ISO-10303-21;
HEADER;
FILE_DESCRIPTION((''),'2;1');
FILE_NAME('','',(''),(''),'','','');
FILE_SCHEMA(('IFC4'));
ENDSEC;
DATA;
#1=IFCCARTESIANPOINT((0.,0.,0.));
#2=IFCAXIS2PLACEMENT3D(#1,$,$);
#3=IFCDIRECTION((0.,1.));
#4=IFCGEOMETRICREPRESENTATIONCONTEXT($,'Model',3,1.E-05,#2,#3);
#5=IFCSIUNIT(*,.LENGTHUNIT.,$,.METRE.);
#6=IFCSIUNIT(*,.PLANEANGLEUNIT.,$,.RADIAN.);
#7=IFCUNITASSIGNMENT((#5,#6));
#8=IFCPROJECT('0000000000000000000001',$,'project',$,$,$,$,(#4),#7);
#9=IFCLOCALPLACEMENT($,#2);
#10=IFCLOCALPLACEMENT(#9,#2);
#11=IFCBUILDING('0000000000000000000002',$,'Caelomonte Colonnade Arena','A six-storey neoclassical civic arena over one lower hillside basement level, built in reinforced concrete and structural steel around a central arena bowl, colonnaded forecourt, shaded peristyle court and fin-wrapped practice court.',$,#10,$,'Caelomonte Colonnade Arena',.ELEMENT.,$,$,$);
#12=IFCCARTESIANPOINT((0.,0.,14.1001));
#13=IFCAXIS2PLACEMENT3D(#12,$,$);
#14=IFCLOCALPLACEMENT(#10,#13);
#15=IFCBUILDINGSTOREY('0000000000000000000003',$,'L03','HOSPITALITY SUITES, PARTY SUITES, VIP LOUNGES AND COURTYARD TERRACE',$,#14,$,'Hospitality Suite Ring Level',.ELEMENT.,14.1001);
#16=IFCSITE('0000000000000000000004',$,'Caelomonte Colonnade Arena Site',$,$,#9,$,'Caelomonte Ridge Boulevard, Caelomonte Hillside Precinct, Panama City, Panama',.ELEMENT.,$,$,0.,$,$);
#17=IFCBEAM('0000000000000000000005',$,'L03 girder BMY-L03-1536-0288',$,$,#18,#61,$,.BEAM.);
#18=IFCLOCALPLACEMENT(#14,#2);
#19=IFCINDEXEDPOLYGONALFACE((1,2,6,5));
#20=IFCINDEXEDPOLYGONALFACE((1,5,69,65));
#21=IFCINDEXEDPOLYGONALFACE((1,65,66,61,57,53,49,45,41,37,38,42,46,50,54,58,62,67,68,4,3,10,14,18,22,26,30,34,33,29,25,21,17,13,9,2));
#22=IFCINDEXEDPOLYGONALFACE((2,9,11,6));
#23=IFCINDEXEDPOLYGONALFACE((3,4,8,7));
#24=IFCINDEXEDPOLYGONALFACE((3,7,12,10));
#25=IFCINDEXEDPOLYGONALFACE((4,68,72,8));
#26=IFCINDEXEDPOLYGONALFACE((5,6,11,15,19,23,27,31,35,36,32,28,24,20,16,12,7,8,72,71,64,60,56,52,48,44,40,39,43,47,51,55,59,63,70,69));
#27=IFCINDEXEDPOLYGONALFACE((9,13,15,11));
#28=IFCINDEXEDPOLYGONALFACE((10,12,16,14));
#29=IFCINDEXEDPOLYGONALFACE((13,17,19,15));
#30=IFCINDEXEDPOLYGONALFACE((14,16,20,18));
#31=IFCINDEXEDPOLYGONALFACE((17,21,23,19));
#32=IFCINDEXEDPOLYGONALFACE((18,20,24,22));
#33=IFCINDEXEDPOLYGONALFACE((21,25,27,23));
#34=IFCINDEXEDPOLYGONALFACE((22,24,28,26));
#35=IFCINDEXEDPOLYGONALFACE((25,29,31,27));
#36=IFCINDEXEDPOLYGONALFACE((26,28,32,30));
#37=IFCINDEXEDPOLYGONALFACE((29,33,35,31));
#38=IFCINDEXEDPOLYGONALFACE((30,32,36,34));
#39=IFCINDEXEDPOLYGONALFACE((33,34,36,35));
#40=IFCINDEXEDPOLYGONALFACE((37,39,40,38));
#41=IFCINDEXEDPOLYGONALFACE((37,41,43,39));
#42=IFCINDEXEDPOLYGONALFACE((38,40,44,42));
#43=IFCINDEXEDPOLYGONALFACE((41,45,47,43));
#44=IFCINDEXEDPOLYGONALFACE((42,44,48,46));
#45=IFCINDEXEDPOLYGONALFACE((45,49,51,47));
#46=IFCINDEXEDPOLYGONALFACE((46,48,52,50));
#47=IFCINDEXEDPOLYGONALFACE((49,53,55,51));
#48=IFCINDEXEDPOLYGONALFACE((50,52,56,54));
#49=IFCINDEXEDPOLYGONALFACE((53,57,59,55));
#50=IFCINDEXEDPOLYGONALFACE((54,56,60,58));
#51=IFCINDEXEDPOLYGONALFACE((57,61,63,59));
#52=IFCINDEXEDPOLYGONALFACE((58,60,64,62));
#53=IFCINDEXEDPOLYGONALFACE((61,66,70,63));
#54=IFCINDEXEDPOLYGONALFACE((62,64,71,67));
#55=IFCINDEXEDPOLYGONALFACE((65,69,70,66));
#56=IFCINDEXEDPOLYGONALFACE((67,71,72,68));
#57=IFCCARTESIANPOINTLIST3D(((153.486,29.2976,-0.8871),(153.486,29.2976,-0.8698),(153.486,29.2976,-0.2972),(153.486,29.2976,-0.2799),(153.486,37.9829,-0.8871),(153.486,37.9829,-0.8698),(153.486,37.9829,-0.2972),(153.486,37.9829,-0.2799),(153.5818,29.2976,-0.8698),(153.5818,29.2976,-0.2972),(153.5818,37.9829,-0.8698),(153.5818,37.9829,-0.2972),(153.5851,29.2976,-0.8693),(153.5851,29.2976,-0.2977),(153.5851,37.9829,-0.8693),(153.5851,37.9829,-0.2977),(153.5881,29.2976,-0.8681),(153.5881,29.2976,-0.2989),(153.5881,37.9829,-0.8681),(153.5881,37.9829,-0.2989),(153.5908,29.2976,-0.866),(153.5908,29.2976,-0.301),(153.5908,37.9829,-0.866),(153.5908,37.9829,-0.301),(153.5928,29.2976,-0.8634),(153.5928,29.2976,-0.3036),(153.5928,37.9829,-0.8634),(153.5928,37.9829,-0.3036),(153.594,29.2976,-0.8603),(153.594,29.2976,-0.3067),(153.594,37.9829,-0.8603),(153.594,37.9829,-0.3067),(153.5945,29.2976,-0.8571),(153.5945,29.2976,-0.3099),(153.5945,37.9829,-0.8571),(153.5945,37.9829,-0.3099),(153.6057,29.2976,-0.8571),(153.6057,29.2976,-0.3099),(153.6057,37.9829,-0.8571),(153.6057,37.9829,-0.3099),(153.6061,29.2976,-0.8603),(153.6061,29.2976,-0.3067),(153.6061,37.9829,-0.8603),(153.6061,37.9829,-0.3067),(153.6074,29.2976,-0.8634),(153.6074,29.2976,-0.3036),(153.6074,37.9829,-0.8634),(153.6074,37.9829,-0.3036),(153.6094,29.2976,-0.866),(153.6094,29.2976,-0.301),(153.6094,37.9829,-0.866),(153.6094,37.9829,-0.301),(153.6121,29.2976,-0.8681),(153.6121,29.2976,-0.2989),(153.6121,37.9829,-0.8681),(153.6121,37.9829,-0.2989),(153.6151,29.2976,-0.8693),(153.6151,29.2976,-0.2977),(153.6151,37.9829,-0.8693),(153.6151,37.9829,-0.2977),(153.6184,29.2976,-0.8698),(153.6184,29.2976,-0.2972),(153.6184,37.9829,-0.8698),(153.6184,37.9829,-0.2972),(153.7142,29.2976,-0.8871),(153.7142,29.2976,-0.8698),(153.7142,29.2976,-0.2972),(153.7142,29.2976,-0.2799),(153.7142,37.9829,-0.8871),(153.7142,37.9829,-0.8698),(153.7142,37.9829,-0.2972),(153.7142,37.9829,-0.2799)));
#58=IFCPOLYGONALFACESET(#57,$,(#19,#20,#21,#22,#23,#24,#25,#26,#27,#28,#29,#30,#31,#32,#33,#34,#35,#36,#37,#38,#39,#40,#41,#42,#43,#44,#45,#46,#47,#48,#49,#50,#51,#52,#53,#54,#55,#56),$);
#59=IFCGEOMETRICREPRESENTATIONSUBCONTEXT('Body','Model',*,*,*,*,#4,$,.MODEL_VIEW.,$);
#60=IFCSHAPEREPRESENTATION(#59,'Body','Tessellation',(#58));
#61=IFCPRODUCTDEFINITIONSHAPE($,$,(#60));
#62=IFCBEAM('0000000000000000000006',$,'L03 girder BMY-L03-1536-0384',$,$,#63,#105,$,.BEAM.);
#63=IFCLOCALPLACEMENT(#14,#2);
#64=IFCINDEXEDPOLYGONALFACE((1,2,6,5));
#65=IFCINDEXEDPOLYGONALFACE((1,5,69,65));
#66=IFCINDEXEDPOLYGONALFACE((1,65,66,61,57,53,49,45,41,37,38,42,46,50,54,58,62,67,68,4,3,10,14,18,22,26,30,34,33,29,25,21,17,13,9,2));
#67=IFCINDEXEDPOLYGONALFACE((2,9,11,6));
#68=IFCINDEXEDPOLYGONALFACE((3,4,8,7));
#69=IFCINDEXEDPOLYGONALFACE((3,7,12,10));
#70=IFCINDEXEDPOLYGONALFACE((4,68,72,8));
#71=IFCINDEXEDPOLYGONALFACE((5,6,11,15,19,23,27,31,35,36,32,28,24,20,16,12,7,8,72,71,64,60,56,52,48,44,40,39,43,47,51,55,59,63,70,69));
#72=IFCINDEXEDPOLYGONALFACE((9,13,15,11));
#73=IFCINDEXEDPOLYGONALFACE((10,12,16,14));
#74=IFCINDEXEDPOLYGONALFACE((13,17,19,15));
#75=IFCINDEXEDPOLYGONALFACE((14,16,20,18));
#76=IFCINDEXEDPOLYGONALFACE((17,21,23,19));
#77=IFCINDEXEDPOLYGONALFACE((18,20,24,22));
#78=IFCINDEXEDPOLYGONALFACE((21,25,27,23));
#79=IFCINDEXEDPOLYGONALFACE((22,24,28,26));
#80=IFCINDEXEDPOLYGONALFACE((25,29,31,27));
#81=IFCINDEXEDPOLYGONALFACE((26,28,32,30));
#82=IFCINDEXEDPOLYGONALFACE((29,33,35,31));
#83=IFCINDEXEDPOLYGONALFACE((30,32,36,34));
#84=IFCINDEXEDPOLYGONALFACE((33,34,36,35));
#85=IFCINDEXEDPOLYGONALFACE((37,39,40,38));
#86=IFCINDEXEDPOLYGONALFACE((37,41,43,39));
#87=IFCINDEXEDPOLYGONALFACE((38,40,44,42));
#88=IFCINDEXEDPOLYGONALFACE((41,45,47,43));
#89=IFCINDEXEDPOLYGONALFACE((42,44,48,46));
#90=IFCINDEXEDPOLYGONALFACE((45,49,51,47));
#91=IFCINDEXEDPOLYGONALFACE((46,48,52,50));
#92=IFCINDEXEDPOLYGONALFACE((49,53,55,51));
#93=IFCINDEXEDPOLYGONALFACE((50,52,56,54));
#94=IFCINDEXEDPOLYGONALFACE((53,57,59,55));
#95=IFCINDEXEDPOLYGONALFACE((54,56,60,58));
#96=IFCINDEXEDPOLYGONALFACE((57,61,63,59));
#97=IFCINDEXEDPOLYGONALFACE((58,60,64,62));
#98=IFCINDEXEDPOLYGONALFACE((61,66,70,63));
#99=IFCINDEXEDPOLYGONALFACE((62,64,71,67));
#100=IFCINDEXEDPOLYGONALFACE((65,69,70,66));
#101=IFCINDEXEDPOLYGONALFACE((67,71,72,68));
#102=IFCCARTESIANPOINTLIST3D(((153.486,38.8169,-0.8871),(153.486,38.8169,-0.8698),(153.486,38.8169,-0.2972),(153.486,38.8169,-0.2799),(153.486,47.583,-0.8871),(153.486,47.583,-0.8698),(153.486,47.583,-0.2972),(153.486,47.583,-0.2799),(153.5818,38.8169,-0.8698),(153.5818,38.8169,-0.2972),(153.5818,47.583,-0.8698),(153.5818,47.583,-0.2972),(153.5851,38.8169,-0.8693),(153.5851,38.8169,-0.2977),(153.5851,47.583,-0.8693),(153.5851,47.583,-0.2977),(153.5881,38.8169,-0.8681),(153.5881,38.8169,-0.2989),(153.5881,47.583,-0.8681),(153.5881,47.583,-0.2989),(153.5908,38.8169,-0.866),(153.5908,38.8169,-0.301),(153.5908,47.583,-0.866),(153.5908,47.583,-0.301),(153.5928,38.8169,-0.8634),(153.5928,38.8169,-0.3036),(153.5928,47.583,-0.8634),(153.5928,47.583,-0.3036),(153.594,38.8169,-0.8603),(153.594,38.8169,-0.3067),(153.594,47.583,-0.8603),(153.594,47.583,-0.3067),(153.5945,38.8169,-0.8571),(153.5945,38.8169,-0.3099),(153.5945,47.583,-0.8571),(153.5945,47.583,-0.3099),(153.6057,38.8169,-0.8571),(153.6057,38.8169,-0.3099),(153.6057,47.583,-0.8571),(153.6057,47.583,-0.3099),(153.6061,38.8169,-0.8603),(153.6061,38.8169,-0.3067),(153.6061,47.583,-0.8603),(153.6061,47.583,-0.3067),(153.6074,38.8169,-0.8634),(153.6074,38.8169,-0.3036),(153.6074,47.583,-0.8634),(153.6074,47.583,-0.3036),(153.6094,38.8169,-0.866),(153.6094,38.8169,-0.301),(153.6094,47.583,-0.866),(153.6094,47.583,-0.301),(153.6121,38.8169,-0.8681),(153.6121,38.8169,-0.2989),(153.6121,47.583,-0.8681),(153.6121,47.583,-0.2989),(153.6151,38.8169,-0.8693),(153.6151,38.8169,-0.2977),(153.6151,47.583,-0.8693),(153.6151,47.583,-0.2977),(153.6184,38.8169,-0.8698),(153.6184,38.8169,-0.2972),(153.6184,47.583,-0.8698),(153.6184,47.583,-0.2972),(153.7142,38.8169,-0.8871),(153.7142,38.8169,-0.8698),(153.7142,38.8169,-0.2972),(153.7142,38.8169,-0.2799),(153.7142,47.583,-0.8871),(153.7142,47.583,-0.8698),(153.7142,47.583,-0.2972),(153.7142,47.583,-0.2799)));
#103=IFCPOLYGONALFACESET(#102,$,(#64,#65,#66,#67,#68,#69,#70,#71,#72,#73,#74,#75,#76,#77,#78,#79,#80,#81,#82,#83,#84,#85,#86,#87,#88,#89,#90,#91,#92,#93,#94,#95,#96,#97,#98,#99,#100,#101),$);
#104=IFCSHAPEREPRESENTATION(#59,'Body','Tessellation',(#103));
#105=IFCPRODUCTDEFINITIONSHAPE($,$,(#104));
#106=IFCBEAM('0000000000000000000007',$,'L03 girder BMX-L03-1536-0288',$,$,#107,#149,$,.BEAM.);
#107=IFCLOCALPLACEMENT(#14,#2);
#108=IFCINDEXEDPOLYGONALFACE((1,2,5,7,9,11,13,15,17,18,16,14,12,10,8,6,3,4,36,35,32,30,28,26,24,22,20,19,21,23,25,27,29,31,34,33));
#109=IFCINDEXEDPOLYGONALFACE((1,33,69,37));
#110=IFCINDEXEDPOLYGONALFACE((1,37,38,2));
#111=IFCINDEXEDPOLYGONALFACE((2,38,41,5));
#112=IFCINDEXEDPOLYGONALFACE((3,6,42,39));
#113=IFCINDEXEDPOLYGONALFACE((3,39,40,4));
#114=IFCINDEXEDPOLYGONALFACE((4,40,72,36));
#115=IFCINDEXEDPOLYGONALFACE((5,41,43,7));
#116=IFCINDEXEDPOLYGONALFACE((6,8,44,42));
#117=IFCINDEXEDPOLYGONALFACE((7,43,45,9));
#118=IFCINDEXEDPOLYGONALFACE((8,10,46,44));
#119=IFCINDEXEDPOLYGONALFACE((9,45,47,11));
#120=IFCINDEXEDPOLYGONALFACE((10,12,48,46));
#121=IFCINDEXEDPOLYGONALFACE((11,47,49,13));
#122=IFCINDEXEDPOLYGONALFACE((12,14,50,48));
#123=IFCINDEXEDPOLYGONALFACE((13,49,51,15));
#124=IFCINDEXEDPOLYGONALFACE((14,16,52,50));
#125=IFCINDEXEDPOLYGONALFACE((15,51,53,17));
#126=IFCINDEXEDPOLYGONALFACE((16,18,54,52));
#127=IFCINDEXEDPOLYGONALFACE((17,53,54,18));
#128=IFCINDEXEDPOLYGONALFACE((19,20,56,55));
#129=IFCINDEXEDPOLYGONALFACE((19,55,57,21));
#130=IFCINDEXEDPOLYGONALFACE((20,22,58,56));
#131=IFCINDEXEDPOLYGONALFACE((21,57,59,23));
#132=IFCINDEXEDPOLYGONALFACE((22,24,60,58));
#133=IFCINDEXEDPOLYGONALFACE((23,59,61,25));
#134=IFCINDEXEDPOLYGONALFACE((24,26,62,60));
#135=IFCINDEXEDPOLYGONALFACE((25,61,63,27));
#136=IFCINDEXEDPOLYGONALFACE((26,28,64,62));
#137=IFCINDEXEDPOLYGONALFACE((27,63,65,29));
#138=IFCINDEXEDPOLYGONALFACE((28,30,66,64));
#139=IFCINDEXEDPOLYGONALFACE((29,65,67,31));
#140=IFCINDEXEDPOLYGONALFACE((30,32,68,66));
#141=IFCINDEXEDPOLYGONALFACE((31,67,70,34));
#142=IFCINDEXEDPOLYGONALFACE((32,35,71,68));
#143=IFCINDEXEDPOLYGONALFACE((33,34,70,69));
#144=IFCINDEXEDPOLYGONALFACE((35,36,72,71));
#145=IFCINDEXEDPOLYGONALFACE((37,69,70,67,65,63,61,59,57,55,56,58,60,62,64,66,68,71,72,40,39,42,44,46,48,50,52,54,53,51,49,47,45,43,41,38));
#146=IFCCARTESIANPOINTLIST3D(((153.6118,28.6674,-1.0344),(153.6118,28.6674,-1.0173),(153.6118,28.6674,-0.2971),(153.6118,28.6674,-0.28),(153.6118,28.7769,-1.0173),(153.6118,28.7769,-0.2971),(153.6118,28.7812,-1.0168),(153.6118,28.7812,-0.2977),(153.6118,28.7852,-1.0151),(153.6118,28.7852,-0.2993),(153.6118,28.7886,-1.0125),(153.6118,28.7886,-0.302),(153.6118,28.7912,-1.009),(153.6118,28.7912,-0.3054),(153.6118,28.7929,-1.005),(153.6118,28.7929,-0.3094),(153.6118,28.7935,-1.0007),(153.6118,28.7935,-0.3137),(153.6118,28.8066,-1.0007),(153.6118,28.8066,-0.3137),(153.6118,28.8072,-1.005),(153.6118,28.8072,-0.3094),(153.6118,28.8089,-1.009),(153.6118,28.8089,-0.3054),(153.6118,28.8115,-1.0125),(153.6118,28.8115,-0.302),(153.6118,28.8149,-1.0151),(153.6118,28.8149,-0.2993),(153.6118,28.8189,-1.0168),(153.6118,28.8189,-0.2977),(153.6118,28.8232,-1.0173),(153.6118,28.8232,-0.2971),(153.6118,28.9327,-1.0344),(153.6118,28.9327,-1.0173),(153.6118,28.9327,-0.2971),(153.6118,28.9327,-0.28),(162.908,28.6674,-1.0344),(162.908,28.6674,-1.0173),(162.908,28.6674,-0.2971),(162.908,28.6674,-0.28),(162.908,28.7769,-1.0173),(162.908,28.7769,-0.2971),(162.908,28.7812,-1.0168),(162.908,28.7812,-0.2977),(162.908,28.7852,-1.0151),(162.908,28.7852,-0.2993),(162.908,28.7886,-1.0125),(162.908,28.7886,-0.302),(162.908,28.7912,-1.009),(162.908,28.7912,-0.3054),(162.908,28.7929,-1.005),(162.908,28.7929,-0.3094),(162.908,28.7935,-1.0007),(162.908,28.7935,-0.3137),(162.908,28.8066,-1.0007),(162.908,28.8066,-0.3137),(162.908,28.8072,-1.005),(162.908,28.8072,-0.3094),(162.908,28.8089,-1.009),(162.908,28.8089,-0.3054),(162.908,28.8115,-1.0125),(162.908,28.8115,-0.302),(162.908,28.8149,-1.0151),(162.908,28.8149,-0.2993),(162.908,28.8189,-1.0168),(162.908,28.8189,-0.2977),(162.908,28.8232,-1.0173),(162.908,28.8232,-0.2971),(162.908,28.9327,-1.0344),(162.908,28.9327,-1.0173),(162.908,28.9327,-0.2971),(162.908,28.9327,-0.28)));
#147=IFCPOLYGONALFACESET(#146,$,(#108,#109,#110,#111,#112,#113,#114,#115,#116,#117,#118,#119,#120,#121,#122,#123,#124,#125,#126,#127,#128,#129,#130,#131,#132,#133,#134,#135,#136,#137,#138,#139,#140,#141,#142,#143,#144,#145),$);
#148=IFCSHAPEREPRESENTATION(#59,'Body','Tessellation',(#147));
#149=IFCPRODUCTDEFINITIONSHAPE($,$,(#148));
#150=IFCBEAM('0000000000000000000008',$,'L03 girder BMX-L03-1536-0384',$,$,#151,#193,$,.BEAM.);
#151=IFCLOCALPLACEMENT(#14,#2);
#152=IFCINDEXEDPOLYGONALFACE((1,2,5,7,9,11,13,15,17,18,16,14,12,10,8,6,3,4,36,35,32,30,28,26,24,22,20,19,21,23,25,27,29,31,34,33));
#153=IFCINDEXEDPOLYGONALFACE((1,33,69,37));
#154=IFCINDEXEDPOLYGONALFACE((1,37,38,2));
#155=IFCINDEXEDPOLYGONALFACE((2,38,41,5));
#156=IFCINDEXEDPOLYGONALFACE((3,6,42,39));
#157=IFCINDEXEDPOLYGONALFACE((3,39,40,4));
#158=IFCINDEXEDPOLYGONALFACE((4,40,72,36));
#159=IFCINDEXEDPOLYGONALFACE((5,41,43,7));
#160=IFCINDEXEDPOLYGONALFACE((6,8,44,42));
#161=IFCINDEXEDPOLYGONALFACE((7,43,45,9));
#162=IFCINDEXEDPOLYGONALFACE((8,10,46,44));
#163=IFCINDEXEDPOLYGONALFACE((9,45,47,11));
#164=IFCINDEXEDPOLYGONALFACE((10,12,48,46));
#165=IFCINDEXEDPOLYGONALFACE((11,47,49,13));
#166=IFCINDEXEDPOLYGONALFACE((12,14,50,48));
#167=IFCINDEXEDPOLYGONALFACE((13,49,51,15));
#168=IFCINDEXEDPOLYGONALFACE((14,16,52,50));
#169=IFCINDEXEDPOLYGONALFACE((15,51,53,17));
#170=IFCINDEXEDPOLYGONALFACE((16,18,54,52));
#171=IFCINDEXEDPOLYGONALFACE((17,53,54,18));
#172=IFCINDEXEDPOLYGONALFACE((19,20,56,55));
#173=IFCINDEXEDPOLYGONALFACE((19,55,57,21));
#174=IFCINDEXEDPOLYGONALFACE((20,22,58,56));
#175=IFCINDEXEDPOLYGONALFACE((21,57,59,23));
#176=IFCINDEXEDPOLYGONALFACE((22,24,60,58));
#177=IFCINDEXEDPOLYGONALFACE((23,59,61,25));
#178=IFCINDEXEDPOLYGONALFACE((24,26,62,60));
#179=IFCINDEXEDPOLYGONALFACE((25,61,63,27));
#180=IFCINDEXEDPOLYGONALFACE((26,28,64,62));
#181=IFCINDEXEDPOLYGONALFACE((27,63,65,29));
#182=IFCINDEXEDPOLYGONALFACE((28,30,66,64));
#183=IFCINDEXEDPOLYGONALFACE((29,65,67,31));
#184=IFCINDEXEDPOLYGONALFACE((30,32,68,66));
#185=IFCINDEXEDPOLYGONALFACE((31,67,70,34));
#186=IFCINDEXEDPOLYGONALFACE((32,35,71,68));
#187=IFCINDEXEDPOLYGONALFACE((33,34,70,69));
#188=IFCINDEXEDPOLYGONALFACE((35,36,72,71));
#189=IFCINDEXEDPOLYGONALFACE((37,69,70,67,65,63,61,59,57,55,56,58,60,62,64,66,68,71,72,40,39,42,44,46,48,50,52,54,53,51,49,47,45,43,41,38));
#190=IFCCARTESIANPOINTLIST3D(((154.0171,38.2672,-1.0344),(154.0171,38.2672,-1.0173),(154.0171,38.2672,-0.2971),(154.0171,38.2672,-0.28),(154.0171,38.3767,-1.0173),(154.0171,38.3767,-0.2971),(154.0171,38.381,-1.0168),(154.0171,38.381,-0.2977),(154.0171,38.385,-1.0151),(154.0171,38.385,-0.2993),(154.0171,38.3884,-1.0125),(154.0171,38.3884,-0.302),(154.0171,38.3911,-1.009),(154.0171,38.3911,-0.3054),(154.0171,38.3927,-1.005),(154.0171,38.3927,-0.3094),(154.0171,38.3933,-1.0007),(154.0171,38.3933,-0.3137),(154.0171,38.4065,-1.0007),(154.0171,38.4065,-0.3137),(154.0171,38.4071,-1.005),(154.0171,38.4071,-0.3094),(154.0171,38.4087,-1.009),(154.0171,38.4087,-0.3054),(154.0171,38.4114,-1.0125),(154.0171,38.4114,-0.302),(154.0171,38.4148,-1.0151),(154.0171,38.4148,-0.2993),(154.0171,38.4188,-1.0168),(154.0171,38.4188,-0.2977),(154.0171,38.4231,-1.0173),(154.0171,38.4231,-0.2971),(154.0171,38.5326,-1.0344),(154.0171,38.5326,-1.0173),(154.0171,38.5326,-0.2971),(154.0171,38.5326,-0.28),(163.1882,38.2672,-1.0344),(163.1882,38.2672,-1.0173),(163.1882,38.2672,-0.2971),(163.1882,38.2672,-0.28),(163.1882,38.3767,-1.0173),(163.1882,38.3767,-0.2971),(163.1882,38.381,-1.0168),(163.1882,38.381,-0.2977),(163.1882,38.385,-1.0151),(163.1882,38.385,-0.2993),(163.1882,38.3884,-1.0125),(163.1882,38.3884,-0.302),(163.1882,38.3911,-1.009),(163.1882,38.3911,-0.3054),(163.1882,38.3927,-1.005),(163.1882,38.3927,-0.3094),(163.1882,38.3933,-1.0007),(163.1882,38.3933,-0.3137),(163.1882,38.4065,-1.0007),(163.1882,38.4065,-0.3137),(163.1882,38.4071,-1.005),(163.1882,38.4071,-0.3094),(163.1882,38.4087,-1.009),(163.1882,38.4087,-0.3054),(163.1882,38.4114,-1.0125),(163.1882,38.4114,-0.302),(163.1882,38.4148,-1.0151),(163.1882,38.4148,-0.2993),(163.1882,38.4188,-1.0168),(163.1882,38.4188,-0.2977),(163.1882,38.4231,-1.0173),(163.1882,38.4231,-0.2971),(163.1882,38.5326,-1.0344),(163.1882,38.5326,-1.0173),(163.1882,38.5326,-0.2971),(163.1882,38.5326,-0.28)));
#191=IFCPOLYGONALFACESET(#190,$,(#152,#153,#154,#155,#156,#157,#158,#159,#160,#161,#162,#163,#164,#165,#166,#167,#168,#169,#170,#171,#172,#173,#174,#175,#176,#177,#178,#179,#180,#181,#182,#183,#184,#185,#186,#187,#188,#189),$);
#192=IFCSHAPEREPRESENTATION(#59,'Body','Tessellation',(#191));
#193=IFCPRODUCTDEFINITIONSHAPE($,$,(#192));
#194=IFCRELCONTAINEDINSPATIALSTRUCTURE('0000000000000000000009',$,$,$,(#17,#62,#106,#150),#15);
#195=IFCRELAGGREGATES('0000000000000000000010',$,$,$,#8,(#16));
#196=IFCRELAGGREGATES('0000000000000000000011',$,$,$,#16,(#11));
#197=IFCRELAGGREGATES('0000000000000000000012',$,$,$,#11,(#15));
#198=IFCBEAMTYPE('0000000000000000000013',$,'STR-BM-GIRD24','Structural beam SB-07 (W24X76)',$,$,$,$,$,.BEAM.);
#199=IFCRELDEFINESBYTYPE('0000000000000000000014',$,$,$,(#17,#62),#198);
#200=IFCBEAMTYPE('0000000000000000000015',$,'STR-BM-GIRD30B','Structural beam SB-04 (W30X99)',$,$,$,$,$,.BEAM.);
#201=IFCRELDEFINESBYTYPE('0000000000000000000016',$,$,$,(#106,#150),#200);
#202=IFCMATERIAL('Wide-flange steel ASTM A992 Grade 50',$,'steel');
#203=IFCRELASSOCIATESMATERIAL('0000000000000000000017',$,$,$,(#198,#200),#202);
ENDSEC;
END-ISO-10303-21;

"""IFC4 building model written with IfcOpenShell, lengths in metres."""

from ifc_helpers import new_model, si_unit, direction, frame, origin, origin_2d, place, context, subcontext, project, spatial, i_section, extrude, material, material_profile, profile_set, type_object, element, save


model = new_model("IFC4")

# Units and contexts
model_context = context("Model", 3, precision=1e-05, world=origin(), true_north=direction((0.0, 1.0)))
body_context = subcontext(model_context, "Body", "Model", "MODEL_VIEW")
ifc_project = project(units=[si_unit("LENGTHUNIT", "METRE"), si_unit("PLANEANGLEUNIT", "RADIAN")], contexts=[model_context])

# Site, building, storey
site_placement = place(None, origin())
site = spatial("IfcSite", under=ifc_project, at=site_placement, Name="Caelomonte Colonnade Arena Site", LongName="Caelomonte Ridge Boulevard, Caelomonte Hillside Precinct, Panama City, Panama", CompositionType="ELEMENT", RefElevation=0.0)
building_placement = place(site_placement, origin())
building = spatial("IfcBuilding", under=site, at=building_placement, Name="Caelomonte Colonnade Arena", Description="A six-storey neoclassical civic arena over one lower hillside basement level, built in reinforced concrete and structural steel around a central arena bowl, colonnaded forecourt, shaded peristyle court and fin-wrapped practice court.", LongName="Caelomonte Colonnade Arena", CompositionType="ELEMENT")
storey_placement = place(building_placement, frame((0.0, 0.0, 14.1001)))
storey = spatial("IfcBuildingStorey", under=building, at=storey_placement, Name="L03", Description="HOSPITALITY SUITES, PARTY SUITES, VIP LOUNGES AND COURTYARD TERRACE", LongName="Hospitality Suite Ring Level", CompositionType="ELEMENT", Elevation=14.1001)

# Shared definitions
ifc_material_1 = material(Name="Wide-flange steel ASTM A992 Grade 50", Category="steel")

# Beams
ifc_material_profile_1 = material_profile(ifc_material_1, i_section(OverallWidth=0.2283, OverallDepth=0.6072, WebThickness=0.0112, FlangeThickness=0.0173, FilletRadius=0.0127, at=origin_2d()), Name="W24X76")
ifc_profile_set_1 = profile_set([ifc_material_profile_1], Name="Wide-flange steel ASTM A992 Grade 50")
beam_type_1 = type_object("IfcBeamType", Name="STR-BM-GIRD24", Description="Structural beam SB-07 (W24X76)", PredefinedType="BEAM", material=ifc_profile_set_1)
beam_1_placement = place(storey_placement, frame((153.6001, 29.2976, -0.5835), z_axis=(0.0, 1.0, 0.0), x_axis=(-1.0, 0.0, 0.0)))
element("IfcBeam", 1, at=beam_1_placement, inside=storey, type_object=beam_type_1, Name="L03 girder BMY-L03-1536-0288", PredefinedType="BEAM", context=body_context, shape_type="SweptSolid", body=[
    extrude(i_section(OverallWidth=0.2283, OverallDepth=0.6072, WebThickness=0.0112, FlangeThickness=0.0173, FilletRadius=0.0127, at=origin_2d()), origin(), (0.0, 0.0, 1.0), 8.6853),
])
beam_2_placement = place(storey_placement, frame((153.6001, 38.8169, -0.5835), z_axis=(0.0, 1.0, 0.0), x_axis=(-1.0, 0.0, 0.0)))
element("IfcBeam", 2, at=beam_2_placement, inside=storey, type_object=beam_type_1, Name="L03 girder BMY-L03-1536-0384", PredefinedType="BEAM", context=body_context, shape_type="SweptSolid", body=[
    extrude(i_section(OverallWidth=0.2283, OverallDepth=0.6072, WebThickness=0.0112, FlangeThickness=0.0173, FilletRadius=0.0127, at=origin_2d()), origin(), (0.0, 0.0, 1.0), 8.7661),
])
ifc_material_profile_2 = material_profile(ifc_material_1, i_section(OverallWidth=0.2654, OverallDepth=0.7544, WebThickness=0.0132, FlangeThickness=0.0171, FilletRadius=0.0166, at=origin_2d()), Name="W30X99")
ifc_profile_set_2 = profile_set([ifc_material_profile_2], Name="Wide-flange steel ASTM A992 Grade 50")
beam_type_2 = type_object("IfcBeamType", Name="STR-BM-GIRD30B", Description="Structural beam SB-04 (W30X99)", PredefinedType="BEAM", material=ifc_profile_set_2)
beam_3_placement = place(storey_placement, frame((153.6118, 28.8, -0.6572), z_axis=(1.0, 0.0, 0.0), x_axis=(0.0, 1.0, 0.0)))
element("IfcBeam", 3, at=beam_3_placement, inside=storey, type_object=beam_type_2, Name="L03 girder BMX-L03-1536-0288", PredefinedType="BEAM", context=body_context, shape_type="SweptSolid", body=[
    extrude(i_section(OverallWidth=0.2654, OverallDepth=0.7544, WebThickness=0.0132, FlangeThickness=0.0171, FilletRadius=0.0166, at=origin_2d()), origin(), (0.0, 0.0, 1.0), 9.2961),
])
beam_4_placement = place(storey_placement, frame((154.0171, 38.3999, -0.6572), z_axis=(1.0, 0.0, 0.0), x_axis=(0.0, 1.0, 0.0)))
element("IfcBeam", 4, at=beam_4_placement, inside=storey, type_object=beam_type_2, Name="L03 girder BMX-L03-1536-0384", PredefinedType="BEAM", context=body_context, shape_type="SweptSolid", body=[
    extrude(i_section(OverallWidth=0.2654, OverallDepth=0.7544, WebThickness=0.0132, FlangeThickness=0.0171, FilletRadius=0.0166, at=origin_2d()), origin(), (0.0, 0.0, 1.0), 9.1711),
])

save(model, "model.ifc")
